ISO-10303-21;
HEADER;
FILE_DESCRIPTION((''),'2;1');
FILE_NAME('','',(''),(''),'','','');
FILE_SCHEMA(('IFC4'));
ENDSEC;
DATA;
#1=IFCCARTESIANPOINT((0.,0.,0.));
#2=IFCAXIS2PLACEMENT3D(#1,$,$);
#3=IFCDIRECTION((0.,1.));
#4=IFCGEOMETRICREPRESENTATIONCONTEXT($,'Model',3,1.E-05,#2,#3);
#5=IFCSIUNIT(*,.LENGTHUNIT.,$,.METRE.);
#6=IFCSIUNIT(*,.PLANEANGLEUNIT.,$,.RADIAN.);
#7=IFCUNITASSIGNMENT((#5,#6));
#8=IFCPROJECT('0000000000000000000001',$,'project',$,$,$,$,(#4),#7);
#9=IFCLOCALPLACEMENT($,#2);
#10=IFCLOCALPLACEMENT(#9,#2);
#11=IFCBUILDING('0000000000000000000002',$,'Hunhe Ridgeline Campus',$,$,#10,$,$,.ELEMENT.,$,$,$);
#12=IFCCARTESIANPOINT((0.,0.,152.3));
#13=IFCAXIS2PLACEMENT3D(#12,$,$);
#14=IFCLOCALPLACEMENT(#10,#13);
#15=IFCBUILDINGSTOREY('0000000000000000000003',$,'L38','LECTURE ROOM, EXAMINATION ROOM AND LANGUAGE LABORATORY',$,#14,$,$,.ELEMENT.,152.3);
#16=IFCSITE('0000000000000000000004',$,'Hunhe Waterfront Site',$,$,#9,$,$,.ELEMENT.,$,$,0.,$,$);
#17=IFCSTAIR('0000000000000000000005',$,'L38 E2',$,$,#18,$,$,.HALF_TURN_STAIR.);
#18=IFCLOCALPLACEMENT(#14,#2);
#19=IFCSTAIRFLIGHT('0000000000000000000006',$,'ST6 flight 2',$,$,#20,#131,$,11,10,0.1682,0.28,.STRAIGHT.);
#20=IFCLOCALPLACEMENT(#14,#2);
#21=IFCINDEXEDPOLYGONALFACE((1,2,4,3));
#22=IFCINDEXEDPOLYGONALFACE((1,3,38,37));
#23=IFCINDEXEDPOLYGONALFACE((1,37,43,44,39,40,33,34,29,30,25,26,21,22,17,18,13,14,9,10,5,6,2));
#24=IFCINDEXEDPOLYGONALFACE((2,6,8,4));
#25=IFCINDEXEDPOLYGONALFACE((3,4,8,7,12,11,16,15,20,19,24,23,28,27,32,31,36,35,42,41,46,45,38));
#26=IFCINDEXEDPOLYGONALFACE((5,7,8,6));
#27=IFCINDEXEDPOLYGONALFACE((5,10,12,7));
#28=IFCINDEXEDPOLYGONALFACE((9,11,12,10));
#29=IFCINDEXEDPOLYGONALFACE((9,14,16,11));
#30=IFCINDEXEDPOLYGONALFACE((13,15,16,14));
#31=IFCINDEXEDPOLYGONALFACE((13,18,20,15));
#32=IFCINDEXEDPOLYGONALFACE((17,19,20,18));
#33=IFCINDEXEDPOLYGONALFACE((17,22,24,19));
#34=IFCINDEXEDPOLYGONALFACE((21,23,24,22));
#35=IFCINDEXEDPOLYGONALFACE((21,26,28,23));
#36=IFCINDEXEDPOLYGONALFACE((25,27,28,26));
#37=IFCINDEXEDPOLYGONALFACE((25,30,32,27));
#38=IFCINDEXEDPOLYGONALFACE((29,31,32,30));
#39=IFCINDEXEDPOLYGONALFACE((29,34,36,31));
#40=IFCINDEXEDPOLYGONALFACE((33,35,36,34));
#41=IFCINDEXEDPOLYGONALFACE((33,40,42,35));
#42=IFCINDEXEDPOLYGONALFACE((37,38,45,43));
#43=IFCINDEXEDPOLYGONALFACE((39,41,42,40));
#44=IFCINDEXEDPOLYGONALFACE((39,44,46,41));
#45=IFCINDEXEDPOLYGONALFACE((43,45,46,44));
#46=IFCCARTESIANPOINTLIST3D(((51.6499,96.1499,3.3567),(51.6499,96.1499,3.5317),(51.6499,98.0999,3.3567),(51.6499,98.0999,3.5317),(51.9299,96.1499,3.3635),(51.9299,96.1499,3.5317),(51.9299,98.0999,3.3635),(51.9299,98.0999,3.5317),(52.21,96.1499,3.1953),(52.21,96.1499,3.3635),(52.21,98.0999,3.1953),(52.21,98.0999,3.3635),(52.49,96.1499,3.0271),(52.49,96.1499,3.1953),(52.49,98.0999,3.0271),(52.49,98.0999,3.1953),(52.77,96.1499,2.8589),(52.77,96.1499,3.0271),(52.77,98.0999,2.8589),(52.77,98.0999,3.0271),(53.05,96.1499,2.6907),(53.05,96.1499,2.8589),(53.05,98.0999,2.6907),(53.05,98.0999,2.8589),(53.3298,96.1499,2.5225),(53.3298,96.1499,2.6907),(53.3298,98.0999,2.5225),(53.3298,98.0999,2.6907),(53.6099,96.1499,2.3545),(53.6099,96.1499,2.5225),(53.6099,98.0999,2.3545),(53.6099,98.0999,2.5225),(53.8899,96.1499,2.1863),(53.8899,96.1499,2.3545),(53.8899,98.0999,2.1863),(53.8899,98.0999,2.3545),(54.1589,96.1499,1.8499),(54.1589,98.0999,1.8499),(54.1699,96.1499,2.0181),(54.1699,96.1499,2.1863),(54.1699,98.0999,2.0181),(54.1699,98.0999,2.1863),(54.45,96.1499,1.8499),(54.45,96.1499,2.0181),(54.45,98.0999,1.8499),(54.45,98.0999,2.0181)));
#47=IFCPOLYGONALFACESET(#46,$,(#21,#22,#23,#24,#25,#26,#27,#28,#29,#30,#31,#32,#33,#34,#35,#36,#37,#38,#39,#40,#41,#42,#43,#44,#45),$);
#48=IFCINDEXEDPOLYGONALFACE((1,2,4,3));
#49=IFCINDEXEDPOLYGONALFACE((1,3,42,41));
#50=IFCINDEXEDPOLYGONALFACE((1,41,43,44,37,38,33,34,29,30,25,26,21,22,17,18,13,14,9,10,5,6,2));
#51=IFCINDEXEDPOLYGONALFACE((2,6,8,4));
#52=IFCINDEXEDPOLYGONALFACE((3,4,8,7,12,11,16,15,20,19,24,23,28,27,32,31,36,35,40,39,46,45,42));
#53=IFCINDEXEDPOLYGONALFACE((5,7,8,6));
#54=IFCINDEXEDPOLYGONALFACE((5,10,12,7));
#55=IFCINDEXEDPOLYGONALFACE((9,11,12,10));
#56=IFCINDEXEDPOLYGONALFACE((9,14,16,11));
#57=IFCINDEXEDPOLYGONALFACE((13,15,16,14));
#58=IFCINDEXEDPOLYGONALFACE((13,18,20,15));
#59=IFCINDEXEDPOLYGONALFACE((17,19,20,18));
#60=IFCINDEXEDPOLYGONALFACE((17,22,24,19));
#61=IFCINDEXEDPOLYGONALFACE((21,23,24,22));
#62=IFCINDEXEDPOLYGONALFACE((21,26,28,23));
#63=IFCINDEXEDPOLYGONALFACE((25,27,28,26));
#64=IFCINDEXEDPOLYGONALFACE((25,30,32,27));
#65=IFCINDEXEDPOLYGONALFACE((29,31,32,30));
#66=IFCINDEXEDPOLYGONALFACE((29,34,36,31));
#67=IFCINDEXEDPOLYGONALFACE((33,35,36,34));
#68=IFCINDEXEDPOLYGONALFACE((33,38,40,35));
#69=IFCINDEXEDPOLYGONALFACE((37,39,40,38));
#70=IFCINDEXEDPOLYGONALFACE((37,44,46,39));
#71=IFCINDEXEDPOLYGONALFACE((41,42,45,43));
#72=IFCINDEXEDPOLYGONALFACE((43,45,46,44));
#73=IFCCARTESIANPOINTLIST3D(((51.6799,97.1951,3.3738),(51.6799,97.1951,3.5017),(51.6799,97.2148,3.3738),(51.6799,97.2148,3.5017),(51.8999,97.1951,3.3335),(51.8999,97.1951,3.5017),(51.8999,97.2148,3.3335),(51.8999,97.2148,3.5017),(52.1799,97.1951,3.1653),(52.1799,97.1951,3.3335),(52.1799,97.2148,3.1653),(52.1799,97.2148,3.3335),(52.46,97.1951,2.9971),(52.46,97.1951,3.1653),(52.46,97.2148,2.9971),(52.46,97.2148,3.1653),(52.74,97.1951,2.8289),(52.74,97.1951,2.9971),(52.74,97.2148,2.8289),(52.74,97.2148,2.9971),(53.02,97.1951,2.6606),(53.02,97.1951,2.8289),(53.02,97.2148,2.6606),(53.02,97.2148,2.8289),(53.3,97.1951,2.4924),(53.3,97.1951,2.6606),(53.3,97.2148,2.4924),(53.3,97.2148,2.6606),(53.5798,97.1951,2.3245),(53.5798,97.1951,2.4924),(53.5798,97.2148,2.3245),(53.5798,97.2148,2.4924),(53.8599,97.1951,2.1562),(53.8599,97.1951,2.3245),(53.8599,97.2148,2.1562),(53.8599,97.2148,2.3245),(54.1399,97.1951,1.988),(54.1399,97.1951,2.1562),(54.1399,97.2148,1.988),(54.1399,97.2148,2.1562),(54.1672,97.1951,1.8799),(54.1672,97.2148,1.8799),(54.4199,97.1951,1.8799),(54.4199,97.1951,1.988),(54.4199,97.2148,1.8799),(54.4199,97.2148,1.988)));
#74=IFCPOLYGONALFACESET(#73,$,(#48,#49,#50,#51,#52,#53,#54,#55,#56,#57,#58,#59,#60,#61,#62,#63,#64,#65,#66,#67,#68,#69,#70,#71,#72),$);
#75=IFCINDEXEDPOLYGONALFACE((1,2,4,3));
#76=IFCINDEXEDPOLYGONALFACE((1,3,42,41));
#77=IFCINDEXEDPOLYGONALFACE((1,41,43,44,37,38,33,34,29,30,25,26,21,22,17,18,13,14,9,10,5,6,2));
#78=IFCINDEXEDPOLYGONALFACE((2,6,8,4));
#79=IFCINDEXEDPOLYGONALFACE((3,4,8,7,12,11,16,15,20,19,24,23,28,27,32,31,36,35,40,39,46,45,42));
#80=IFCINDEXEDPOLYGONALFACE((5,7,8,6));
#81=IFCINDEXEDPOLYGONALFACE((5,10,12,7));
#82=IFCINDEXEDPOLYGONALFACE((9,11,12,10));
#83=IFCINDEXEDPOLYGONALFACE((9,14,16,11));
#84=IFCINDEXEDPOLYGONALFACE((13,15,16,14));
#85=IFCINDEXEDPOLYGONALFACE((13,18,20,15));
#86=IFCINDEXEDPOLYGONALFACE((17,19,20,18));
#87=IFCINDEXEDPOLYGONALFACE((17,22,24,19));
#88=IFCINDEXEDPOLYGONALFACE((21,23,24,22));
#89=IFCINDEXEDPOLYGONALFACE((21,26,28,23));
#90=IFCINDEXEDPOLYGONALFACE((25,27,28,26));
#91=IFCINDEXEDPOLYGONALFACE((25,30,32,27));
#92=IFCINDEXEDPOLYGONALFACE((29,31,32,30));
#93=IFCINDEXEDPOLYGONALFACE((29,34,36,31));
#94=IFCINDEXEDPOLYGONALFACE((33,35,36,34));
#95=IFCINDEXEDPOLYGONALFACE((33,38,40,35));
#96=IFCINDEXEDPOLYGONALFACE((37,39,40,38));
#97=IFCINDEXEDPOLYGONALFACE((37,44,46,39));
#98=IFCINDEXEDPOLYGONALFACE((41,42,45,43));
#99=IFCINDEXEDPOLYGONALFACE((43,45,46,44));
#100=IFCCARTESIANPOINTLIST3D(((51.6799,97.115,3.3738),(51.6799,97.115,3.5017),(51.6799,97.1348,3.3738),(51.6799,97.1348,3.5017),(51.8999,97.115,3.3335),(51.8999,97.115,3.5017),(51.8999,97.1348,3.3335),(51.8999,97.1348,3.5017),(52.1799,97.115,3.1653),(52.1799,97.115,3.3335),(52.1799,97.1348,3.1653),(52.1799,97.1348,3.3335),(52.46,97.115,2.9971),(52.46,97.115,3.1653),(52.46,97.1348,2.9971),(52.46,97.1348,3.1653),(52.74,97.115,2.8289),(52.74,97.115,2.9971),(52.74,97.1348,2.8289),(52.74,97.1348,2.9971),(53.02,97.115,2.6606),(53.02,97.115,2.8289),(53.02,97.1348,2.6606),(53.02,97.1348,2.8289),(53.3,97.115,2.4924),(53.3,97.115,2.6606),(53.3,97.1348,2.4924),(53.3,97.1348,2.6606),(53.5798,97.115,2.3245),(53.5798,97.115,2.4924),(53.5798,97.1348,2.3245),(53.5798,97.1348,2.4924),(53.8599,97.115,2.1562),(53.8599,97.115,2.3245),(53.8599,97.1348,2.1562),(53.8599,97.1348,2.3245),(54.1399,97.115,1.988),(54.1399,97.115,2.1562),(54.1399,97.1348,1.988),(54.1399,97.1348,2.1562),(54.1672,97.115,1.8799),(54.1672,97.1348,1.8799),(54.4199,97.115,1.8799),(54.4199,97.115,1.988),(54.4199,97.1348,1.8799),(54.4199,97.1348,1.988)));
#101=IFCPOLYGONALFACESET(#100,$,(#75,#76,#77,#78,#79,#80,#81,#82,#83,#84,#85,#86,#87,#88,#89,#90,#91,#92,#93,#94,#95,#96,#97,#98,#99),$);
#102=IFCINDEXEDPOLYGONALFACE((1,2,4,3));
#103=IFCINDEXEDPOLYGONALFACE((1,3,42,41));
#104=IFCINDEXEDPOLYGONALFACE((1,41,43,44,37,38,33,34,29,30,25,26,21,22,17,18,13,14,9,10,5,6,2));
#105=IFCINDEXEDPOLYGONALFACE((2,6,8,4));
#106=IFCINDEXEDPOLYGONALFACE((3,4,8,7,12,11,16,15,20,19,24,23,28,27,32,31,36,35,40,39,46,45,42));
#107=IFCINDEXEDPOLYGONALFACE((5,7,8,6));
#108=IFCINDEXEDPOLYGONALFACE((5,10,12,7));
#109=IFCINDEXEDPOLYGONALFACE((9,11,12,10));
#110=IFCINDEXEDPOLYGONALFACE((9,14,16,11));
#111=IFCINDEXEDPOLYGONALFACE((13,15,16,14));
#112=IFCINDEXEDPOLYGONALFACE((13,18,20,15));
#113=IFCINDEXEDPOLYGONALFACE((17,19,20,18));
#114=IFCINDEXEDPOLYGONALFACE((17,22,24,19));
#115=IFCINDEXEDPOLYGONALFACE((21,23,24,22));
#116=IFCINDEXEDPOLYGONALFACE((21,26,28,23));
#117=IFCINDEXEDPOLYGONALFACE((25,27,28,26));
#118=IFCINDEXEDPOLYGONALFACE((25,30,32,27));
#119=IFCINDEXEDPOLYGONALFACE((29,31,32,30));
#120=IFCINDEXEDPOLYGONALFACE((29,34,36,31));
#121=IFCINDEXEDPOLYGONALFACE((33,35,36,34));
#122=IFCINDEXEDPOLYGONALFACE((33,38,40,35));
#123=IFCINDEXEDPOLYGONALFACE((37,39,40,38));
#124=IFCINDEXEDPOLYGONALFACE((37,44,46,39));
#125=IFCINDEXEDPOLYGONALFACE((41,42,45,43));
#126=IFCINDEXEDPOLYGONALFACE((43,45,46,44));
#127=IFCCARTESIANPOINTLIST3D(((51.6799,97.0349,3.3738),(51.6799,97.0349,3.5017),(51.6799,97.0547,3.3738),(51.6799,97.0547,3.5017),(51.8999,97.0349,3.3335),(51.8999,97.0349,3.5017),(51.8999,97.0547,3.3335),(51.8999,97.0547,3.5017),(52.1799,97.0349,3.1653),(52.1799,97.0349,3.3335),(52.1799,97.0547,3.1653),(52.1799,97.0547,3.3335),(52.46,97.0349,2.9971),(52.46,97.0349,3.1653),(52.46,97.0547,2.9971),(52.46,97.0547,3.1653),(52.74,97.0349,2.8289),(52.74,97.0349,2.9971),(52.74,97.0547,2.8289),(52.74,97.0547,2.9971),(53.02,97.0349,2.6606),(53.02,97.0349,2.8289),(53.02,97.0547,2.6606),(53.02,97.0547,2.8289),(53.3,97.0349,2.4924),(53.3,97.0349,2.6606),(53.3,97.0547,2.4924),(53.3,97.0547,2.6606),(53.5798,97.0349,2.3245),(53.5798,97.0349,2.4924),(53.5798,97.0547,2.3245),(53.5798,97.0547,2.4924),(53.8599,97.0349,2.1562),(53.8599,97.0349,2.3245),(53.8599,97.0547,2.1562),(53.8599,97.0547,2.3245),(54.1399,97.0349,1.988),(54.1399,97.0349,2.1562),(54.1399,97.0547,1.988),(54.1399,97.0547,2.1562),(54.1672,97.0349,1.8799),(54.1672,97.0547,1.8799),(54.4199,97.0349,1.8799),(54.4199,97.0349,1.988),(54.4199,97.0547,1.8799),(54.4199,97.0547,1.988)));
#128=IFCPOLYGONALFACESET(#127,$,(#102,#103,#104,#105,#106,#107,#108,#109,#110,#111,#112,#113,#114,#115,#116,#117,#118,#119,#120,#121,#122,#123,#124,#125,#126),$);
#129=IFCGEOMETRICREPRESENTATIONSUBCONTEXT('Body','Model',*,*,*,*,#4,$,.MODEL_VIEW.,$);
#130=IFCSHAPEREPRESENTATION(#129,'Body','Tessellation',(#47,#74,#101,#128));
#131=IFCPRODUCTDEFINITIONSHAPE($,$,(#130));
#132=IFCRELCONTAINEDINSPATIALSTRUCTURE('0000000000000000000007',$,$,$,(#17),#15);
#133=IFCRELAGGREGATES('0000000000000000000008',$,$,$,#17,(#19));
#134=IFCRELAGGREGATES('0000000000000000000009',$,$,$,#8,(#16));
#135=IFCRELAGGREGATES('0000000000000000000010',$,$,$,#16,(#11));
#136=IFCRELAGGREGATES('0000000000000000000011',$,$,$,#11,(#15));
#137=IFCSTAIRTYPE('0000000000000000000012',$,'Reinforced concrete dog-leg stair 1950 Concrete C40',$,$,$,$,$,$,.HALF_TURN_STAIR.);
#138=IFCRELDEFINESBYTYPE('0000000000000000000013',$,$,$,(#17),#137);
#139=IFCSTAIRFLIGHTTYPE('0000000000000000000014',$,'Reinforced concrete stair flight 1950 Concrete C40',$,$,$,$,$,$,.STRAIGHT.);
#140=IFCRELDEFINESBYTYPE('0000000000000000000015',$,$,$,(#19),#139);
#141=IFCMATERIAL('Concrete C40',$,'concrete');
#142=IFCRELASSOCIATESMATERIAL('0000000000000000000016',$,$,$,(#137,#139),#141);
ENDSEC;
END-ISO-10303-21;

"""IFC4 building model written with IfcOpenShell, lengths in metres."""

from ifc_helpers import new_model, si_unit, direction, frame, origin, place, context, subcontext, project, spatial, polyline, outline, extrude, material, type_object, element, aggregate, save


model = new_model("IFC4")

# Units and contexts
model_context = context("Model", 3, precision=1e-05, world=origin(), true_north=direction((0.0, 1.0)))
body_context = subcontext(model_context, "Body", "Model", "MODEL_VIEW")
ifc_project = project(units=[si_unit("LENGTHUNIT", "METRE"), si_unit("PLANEANGLEUNIT", "RADIAN")], contexts=[model_context])

# Site, building, storey
site_placement = place(None, origin())
site = spatial("IfcSite", under=ifc_project, at=site_placement, Name="Hunhe Waterfront Site", CompositionType="ELEMENT", RefElevation=0.0)
building_placement = place(site_placement, origin())
building = spatial("IfcBuilding", under=site, at=building_placement, Name="Hunhe Ridgeline Campus", CompositionType="ELEMENT")
storey_placement = place(building_placement, frame((0.0, 0.0, 152.3)))
storey = spatial("IfcBuildingStorey", under=building, at=storey_placement, Name="L38", Description="LECTURE ROOM, EXAMINATION ROOM AND LANGUAGE LABORATORY", CompositionType="ELEMENT", Elevation=152.3)

# Shared definitions
ifc_material_1 = material(Name="Concrete C40", Category="concrete")
stair_type = type_object("IfcStairType", Name="Reinforced concrete dog-leg stair 1950 Concrete C40", PredefinedType="HALF_TURN_STAIR", material=ifc_material_1)
stair_flight_type = type_object("IfcStairFlightType", Name="Reinforced concrete stair flight 1950 Concrete C40", PredefinedType="STRAIGHT", material=ifc_material_1)

# Stair, stair flight
stair_1_placement = place(storey_placement, origin())
stair_1 = element("IfcStair", 1, at=stair_1_placement, inside=storey, type_object=stair_type, Name="L38 E2", PredefinedType="HALF_TURN_STAIR")
stair_flight_1_placement = place(storey_placement, frame((54.45, 97.125, 1.8499), z_axis=(0.0, 0.0, 1.0), x_axis=(-1.0, 0.0, 0.0)))
stair_flight_1 = element("IfcStairFlight", 2, at=stair_flight_1_placement, type_object=stair_flight_type, Name="ST6 flight 2", NumberOfRisers=11, NumberOfTreads=10, PredefinedType="STRAIGHT", RiserHeight=0.1682, TreadLength=0.28, context=body_context, shape_type="SweptSolid", body=[
    extrude(outline(polyline([(0.0, 0.0), (0.0, 0.1682), (0.28, 0.1682), (0.28, 0.3364), (0.5601, 0.3364), (0.5601, 0.5046), (0.8401, 0.5046), (0.8401, 0.6726), (1.1201, 0.6726), (1.1201, 0.8408), (1.3999, 0.8408), (1.3999, 1.009), (1.6799, 1.009), (1.6799, 1.1772), (1.96, 1.1772), (1.96, 1.3455), (2.24, 1.3455), (2.24, 1.5137), (2.52, 1.5137), (2.52, 1.6819), (2.8, 1.6819), (2.8, 1.8501), (2.8, 1.5068), (0.291, 0.0), (0.0, 0.0)])), frame((0.0, 0.9751, 0.0), z_axis=(0.0, -1.0, 0.0), x_axis=(1.0, 0.0, 0.0)), (0.0, 0.0, 1.0), 1.95),
    extrude(outline(polyline([(0.03, 0.03), (0.03, 0.1382), (0.3101, 0.1382), (0.3101, 0.3064), (0.5901, 0.3064), (0.5901, 0.4746), (0.8701, 0.4746), (0.8701, 0.6426), (1.1499, 0.6426), (1.1499, 0.8108), (1.4299, 0.8108), (1.4299, 0.979), (1.71, 0.979), (1.71, 1.1472), (1.99, 1.1472), (1.99, 1.3154), (2.27, 1.3154), (2.27, 1.4836), (2.55, 1.4836), (2.55, 1.6519), (2.77, 1.6519), (2.77, 1.5239), (0.2827, 0.03), (0.03, 0.03)])), frame((0.0, -0.0701, 0.0), z_axis=(0.0, -1.0, 0.0), x_axis=(1.0, 0.0, 0.0)), (0.0, 0.0, 1.0), 0.0198),
    extrude(outline(polyline([(0.03, 0.03), (0.03, 0.1382), (0.3101, 0.1382), (0.3101, 0.3064), (0.5901, 0.3064), (0.5901, 0.4746), (0.8701, 0.4746), (0.8701, 0.6426), (1.1499, 0.6426), (1.1499, 0.8108), (1.4299, 0.8108), (1.4299, 0.979), (1.71, 0.979), (1.71, 1.1472), (1.99, 1.1472), (1.99, 1.3154), (2.27, 1.3154), (2.27, 1.4836), (2.55, 1.4836), (2.55, 1.6519), (2.77, 1.6519), (2.77, 1.5239), (0.2827, 0.03), (0.03, 0.03)])), frame((0.0, 0.01, 0.0), z_axis=(0.0, -1.0, 0.0), x_axis=(1.0, 0.0, 0.0)), (0.0, 0.0, 1.0), 0.0198),
    extrude(outline(polyline([(0.03, 0.03), (0.03, 0.1382), (0.3101, 0.1382), (0.3101, 0.3064), (0.5901, 0.3064), (0.5901, 0.4746), (0.8701, 0.4746), (0.8701, 0.6426), (1.1499, 0.6426), (1.1499, 0.8108), (1.4299, 0.8108), (1.4299, 0.979), (1.71, 0.979), (1.71, 1.1472), (1.99, 1.1472), (1.99, 1.3154), (2.27, 1.3154), (2.27, 1.4836), (2.55, 1.4836), (2.55, 1.6519), (2.77, 1.6519), (2.77, 1.5239), (0.2827, 0.03), (0.03, 0.03)])), frame((0.0, 0.0901, 0.0), z_axis=(0.0, -1.0, 0.0), x_axis=(1.0, 0.0, 0.0)), (0.0, 0.0, 1.0), 0.0198),
])
aggregate(stair_1, [stair_flight_1])

save(model, "model.ifc")
